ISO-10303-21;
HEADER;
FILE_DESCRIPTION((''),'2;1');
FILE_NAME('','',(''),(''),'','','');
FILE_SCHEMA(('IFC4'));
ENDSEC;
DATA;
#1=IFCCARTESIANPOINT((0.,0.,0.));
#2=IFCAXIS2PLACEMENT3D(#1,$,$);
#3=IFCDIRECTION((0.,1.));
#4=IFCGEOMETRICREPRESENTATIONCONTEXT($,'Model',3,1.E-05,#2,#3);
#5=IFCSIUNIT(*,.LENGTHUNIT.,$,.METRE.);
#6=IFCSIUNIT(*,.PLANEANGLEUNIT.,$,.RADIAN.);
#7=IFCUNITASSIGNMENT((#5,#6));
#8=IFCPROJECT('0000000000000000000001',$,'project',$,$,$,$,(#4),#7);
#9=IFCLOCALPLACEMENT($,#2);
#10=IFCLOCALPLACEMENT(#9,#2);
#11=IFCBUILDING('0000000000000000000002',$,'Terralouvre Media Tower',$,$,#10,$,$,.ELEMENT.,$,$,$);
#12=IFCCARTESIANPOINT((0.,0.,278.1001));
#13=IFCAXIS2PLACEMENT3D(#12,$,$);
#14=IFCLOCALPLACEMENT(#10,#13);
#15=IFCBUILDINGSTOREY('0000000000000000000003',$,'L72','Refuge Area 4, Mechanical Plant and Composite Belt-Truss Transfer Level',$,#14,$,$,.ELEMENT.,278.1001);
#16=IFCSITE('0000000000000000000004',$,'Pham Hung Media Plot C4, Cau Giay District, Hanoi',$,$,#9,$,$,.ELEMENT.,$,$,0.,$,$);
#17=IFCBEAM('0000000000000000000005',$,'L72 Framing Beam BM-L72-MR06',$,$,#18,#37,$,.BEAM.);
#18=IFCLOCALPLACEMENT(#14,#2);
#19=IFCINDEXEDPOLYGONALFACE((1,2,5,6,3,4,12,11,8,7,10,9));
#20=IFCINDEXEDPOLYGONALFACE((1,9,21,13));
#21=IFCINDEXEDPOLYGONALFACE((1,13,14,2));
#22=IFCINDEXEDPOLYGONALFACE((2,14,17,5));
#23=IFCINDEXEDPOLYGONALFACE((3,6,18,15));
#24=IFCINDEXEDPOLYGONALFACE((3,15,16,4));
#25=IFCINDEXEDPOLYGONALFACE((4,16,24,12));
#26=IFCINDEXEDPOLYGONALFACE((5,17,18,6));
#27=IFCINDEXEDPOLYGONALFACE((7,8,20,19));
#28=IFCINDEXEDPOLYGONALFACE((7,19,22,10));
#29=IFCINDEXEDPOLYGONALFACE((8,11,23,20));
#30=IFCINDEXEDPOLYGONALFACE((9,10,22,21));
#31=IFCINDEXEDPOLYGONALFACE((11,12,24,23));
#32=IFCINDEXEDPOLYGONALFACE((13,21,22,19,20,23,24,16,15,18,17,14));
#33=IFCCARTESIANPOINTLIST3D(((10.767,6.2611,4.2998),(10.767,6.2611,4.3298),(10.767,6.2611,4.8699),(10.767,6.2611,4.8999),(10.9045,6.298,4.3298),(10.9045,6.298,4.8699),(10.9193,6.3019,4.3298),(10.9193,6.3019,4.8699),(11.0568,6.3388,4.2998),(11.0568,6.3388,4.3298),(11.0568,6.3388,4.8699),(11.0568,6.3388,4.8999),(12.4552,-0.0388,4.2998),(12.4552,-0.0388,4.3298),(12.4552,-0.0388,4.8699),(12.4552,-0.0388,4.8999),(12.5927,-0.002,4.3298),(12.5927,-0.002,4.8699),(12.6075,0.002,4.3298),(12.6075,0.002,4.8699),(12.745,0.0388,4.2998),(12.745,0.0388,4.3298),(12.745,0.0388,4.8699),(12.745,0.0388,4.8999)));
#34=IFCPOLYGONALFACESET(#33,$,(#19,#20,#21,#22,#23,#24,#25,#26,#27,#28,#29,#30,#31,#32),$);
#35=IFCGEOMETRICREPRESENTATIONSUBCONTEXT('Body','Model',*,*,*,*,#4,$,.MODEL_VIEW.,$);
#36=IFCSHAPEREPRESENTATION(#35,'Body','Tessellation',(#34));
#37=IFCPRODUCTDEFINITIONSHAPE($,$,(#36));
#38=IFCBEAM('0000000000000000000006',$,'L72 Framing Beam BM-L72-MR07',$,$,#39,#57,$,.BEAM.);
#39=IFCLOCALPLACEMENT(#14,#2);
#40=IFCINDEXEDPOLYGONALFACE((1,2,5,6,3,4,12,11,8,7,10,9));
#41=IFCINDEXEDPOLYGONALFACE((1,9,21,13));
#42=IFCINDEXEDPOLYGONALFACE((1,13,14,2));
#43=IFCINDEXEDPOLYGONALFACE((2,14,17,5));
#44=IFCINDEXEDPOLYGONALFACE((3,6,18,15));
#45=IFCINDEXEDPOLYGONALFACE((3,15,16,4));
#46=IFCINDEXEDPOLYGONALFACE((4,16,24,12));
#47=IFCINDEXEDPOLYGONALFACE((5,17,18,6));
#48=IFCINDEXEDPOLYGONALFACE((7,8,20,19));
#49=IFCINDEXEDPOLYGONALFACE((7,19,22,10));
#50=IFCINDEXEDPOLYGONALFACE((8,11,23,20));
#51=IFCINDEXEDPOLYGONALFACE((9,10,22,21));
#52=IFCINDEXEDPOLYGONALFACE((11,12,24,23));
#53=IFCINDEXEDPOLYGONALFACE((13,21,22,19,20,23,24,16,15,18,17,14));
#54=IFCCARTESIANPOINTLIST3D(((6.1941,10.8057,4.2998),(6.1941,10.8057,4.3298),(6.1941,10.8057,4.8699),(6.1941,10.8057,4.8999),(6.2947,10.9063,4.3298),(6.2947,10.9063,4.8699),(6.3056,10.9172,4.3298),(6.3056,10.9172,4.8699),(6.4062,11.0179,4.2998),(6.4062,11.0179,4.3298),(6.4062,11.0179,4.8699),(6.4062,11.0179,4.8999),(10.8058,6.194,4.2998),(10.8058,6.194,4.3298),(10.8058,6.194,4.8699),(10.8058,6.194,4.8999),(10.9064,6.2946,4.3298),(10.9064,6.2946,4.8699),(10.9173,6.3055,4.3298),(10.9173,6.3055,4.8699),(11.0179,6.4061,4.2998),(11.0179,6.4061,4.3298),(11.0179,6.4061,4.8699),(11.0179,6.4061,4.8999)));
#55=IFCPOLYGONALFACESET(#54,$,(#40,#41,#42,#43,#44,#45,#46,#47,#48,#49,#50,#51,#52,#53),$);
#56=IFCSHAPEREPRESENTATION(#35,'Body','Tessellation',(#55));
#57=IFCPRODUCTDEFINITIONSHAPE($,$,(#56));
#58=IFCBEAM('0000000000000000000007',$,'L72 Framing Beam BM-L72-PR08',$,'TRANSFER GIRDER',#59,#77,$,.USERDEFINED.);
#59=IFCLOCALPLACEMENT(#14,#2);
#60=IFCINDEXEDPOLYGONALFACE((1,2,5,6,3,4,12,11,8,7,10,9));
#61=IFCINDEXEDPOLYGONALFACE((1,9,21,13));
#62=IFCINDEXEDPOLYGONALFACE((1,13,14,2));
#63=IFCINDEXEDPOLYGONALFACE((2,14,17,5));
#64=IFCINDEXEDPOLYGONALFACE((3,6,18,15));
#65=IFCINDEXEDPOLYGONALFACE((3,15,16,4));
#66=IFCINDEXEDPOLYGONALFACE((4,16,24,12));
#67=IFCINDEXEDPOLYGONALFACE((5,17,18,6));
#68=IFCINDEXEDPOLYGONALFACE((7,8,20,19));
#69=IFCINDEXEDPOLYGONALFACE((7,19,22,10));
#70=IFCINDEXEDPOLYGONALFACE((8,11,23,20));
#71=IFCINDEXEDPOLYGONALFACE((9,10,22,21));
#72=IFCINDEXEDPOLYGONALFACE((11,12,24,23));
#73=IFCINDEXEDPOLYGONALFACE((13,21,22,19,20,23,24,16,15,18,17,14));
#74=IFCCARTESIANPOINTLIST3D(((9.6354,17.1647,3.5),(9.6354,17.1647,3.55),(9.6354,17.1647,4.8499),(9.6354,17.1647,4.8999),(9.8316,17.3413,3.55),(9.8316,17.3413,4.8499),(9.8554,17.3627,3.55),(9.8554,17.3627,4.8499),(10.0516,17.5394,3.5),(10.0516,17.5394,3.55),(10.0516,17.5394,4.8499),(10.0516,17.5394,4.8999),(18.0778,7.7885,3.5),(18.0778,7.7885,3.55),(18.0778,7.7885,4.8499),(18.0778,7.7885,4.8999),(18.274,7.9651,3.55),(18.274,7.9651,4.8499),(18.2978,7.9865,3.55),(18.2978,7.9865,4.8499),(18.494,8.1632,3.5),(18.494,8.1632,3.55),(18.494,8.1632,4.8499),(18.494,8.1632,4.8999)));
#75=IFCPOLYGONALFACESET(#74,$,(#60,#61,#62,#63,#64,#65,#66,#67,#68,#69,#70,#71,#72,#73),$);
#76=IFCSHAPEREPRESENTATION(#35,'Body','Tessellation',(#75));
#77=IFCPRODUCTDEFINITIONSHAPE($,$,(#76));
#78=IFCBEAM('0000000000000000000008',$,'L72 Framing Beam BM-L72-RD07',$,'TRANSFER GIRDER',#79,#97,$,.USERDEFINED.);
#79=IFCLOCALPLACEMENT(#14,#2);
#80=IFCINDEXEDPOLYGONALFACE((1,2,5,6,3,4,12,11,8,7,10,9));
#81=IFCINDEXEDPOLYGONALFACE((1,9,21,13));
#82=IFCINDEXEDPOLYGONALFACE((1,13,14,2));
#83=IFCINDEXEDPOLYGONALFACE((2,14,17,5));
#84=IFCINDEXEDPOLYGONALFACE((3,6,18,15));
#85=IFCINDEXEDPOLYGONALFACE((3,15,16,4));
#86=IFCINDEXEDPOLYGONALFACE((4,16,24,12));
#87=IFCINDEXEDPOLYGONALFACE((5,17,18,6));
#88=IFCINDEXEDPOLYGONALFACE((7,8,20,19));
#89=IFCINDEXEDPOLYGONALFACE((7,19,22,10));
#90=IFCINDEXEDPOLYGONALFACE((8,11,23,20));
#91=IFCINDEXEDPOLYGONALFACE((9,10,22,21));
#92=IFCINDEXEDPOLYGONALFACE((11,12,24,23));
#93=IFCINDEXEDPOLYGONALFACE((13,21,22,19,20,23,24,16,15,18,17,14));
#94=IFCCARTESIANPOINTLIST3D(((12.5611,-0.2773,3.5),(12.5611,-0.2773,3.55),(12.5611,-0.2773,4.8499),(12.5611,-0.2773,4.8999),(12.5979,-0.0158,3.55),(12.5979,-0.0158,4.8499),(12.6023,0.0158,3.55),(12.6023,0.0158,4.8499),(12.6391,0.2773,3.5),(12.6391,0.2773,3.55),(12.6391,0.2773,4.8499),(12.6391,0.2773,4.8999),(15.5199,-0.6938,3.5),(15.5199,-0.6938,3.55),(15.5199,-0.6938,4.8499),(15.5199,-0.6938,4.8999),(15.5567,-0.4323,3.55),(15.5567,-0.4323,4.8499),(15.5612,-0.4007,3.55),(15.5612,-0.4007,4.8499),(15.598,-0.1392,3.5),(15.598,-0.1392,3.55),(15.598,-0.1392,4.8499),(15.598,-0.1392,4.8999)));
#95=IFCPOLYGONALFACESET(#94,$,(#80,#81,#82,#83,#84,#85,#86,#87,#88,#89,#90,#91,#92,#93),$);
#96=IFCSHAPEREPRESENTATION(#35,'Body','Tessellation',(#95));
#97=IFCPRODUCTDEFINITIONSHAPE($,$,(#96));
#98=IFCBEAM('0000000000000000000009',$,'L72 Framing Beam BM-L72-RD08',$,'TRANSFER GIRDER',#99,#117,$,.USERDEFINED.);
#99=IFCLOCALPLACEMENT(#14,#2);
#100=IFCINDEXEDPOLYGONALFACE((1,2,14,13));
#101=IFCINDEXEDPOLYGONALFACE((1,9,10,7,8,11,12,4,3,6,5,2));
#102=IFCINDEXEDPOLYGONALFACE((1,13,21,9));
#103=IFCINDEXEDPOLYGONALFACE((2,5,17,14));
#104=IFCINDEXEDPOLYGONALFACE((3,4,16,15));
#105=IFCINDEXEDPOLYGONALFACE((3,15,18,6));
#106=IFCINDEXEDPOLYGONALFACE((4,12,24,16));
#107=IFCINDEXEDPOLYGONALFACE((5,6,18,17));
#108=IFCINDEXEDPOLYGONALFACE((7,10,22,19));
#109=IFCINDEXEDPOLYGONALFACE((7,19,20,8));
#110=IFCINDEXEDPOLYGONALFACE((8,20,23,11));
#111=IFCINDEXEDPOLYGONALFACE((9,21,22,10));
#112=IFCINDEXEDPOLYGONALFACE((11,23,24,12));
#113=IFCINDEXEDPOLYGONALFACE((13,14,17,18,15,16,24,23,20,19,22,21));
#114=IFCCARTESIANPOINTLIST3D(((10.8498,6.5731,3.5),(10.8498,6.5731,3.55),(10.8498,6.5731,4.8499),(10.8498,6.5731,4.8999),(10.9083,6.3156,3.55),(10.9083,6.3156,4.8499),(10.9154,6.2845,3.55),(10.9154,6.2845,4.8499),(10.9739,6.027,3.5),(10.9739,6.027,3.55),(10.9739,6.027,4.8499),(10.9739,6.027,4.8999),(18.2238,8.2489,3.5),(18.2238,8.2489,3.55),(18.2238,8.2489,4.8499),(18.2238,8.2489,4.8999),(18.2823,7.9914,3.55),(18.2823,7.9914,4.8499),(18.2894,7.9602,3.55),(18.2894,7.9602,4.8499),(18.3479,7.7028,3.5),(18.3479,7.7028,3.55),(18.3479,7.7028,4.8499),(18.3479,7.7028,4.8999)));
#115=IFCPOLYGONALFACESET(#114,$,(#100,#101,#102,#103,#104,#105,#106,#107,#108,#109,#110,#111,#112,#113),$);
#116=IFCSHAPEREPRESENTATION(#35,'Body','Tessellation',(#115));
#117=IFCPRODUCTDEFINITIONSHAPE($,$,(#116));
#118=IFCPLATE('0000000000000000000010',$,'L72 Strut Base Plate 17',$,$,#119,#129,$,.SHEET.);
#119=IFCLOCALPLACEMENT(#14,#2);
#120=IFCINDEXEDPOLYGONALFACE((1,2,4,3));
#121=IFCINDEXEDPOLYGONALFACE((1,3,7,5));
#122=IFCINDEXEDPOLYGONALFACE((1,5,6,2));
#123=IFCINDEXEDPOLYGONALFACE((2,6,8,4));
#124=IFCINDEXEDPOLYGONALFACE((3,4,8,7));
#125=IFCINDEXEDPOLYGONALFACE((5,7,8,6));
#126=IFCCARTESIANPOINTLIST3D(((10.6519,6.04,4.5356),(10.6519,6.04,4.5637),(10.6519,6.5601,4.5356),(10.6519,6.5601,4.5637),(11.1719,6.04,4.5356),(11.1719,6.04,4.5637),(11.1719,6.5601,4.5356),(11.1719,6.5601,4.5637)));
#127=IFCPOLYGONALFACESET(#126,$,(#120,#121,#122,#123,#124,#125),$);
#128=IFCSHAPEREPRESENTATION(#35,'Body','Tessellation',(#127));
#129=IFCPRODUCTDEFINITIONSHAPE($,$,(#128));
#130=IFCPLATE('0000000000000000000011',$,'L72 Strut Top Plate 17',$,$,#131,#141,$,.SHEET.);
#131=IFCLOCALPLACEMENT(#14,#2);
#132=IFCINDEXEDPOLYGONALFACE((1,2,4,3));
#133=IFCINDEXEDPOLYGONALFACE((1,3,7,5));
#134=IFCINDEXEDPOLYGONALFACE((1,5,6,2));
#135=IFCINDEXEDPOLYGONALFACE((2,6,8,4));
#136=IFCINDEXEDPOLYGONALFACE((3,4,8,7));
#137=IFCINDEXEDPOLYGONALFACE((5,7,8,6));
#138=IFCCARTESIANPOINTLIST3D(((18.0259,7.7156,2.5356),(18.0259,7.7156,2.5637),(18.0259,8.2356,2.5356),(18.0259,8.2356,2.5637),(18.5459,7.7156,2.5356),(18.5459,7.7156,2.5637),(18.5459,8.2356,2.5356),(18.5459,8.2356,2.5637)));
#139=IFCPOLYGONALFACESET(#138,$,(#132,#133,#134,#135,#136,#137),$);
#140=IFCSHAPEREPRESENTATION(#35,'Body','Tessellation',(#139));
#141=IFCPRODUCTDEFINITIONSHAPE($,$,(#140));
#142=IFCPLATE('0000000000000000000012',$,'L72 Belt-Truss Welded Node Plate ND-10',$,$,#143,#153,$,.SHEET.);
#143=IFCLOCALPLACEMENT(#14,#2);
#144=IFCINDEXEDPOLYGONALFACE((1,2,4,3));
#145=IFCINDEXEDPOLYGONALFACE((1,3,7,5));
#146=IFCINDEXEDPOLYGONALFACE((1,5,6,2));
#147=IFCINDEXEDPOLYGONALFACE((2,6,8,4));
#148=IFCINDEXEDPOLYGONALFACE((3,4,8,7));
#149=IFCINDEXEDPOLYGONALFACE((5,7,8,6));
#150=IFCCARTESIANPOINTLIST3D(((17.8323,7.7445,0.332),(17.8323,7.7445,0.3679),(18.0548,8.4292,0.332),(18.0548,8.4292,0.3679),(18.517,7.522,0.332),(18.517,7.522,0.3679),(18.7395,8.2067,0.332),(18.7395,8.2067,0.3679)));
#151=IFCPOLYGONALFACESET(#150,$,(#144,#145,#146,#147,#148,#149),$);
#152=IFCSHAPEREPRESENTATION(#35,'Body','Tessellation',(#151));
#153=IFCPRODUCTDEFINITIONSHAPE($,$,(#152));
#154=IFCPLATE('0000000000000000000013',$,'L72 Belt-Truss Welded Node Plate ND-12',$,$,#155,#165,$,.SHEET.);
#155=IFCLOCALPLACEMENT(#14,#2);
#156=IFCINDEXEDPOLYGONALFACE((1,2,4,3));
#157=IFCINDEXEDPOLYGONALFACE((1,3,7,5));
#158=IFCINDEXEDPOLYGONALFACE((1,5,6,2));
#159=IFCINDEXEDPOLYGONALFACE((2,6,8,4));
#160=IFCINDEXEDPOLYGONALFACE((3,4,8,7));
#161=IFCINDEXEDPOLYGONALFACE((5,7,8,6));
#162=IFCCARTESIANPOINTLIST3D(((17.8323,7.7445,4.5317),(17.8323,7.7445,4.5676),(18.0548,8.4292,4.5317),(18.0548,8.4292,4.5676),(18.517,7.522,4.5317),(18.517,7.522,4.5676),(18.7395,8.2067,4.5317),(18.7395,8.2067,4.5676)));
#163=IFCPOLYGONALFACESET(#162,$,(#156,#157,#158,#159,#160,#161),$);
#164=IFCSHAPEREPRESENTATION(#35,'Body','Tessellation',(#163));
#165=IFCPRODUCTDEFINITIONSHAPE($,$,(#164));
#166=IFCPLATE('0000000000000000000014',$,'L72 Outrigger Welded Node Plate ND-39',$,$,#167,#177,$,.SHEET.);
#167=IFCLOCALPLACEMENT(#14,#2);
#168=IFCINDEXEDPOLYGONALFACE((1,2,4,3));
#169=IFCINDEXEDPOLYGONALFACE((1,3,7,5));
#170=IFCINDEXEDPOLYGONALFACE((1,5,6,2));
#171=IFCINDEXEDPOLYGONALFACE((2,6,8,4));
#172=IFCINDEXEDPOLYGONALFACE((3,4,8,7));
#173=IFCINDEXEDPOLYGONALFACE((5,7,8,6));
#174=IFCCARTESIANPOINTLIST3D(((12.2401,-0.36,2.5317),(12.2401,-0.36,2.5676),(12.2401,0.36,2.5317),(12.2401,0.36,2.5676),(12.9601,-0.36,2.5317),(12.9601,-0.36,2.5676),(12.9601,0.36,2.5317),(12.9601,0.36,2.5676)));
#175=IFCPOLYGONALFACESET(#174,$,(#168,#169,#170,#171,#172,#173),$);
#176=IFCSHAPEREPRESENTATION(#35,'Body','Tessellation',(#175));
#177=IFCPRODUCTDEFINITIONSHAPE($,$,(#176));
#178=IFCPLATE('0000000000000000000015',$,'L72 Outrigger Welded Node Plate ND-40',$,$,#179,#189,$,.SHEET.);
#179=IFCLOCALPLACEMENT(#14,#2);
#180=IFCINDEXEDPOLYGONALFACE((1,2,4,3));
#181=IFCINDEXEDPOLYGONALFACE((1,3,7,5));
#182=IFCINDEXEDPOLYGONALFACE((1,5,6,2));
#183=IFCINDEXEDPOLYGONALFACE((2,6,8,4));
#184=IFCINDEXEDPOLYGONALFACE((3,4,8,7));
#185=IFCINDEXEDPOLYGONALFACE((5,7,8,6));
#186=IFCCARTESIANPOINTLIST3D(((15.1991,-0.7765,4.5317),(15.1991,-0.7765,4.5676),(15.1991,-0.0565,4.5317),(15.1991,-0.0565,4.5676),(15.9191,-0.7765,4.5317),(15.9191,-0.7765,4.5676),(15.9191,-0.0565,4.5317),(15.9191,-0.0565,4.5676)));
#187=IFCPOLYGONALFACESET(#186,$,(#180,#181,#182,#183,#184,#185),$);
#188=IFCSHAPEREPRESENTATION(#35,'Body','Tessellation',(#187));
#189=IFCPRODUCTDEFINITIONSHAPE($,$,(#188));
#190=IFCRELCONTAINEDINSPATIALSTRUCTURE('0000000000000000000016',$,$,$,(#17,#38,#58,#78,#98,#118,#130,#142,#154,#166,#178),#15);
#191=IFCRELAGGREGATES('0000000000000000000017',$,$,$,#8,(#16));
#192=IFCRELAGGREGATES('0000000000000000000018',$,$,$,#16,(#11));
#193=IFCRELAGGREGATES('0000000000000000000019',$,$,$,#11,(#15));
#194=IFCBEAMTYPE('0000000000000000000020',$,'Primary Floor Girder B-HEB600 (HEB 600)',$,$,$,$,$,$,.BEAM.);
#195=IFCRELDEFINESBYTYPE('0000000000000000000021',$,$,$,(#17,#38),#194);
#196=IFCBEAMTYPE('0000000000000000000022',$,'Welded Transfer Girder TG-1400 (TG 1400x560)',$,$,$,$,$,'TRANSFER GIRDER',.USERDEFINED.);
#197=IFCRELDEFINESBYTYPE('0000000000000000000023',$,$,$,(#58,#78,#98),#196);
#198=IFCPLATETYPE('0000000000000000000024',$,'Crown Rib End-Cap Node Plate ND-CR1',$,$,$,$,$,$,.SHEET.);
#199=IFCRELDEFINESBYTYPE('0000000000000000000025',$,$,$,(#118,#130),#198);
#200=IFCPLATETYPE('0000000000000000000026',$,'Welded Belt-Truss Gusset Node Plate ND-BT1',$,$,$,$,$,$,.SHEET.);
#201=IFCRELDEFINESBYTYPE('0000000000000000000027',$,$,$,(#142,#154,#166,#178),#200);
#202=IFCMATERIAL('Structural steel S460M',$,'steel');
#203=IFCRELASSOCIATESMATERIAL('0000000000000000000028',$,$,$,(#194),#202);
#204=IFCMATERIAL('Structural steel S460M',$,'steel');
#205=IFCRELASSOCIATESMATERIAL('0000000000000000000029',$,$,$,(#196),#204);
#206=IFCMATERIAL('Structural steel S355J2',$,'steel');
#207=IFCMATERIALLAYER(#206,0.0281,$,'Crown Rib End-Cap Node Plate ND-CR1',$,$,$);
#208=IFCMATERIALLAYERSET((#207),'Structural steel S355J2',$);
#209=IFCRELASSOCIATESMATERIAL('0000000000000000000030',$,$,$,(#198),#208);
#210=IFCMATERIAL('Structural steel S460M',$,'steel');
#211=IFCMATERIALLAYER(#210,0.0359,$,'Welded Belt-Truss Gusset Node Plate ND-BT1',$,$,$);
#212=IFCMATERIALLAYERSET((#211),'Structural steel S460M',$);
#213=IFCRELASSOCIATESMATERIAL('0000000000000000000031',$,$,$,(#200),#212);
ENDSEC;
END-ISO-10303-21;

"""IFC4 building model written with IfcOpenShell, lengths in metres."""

from ifc_helpers import new_model, si_unit, direction, frame, origin, origin_2d, place, context, subcontext, project, spatial, rectangle, i_section, extrude, material, layer, layer_set, material_profile, profile_set, type_object, element, save


model = new_model("IFC4")

# Units and contexts
model_context = context("Model", 3, precision=1e-05, world=origin(), true_north=direction((0.0, 1.0)))
body_context = subcontext(model_context, "Body", "Model", "MODEL_VIEW")
ifc_project = project(units=[si_unit("LENGTHUNIT", "METRE"), si_unit("PLANEANGLEUNIT", "RADIAN")], contexts=[model_context])

# Site, building, storey
site_placement = place(None, origin())
site = spatial("IfcSite", under=ifc_project, at=site_placement, Name="Pham Hung Media Plot C4, Cau Giay District, Hanoi", CompositionType="ELEMENT", RefElevation=0.0)
building_placement = place(site_placement, origin())
building = spatial("IfcBuilding", under=site, at=building_placement, Name="Terralouvre Media Tower", CompositionType="ELEMENT")
storey_placement = place(building_placement, frame((0.0, 0.0, 278.1001)))
storey = spatial("IfcBuildingStorey", under=building, at=storey_placement, Name="L72", Description="Refuge Area 4, Mechanical Plant and Composite Belt-Truss Transfer Level", CompositionType="ELEMENT", Elevation=278.1001)

# Beams
ifc_material_1 = material(Name="Structural steel S460M", Category="steel")
ifc_material_profile_1 = material_profile(ifc_material_1, i_section(OverallWidth=0.3, OverallDepth=0.6001, WebThickness=0.0154, FlangeThickness=0.03, at=origin_2d()), Name="HEB 600")
ifc_profile_set_1 = profile_set([ifc_material_profile_1], Name="Structural steel S460M")
beam_type_1 = type_object("IfcBeamType", Name="Primary Floor Girder B-HEB600 (HEB 600)", PredefinedType="BEAM", material=ifc_profile_set_1)
beam_1_placement = place(storey_placement, frame((12.6001, 0.0, 4.5999), z_axis=(-0.258839, 0.96592, 0.0), x_axis=(-0.96592, -0.258839, 0.0)))
element("IfcBeam", 1, at=beam_1_placement, inside=storey, type_object=beam_type_1, Name="L72 Framing Beam BM-L72-MR06", PredefinedType="BEAM", context=body_context, shape_type="SweptSolid", body=[
    extrude(i_section(OverallWidth=0.3, OverallDepth=0.6001, WebThickness=0.0154, FlangeThickness=0.03, at=origin_2d()), origin(), (0.0, 0.0, 1.0), 6.5222),
])
beam_2_placement = place(storey_placement, frame((10.9119, 6.3, 4.5999), z_axis=(-0.707107, 0.707107, 0.0), x_axis=(-0.707107, -0.707107, 0.0)))
element("IfcBeam", 2, at=beam_2_placement, inside=storey, type_object=beam_type_1, Name="L72 Framing Beam BM-L72-MR07", PredefinedType="BEAM", context=body_context, shape_type="SweptSolid", body=[
    extrude(i_section(OverallWidth=0.3, OverallDepth=0.6001, WebThickness=0.0154, FlangeThickness=0.03, at=origin_2d()), origin(), (0.0, 0.0, 1.0), 6.522),
])
ifc_material_2 = material(Name="Structural steel S460M", Category="steel")
ifc_material_profile_2 = material_profile(ifc_material_2, i_section(OverallWidth=0.5601, OverallDepth=1.3999, WebThickness=0.032, FlangeThickness=0.05, at=origin_2d()), Name="TG 1400x560")
ifc_profile_set_2 = profile_set([ifc_material_profile_2], Name="Structural steel S460M")
beam_type_2 = type_object("IfcBeamType", Name="Welded Transfer Girder TG-1400 (TG 1400x560)", ElementType="TRANSFER GIRDER", PredefinedType="USERDEFINED", material=ifc_profile_set_2)
beam_3_placement = place(storey_placement, frame((18.2859, 7.9758, 4.2), z_axis=(-0.66913, 0.743145, 0.0), x_axis=(-0.743145, -0.66913, 0.0)))
element("IfcBeam", 3, at=beam_3_placement, inside=storey, type_object=beam_type_2, Name="L72 Framing Beam BM-L72-PR08", ObjectType="TRANSFER GIRDER", PredefinedType="USERDEFINED", context=body_context, shape_type="SweptSolid", body=[
    extrude(i_section(OverallWidth=0.5601, OverallDepth=1.3999, WebThickness=0.032, FlangeThickness=0.05, at=origin_2d()), origin(), (0.0, 0.0, 1.0), 12.6169),
])
beam_4_placement = place(storey_placement, frame((12.6001, 0.0, 4.2), z_axis=(0.990238, -0.139385, 0.0), x_axis=(0.139385, 0.990238, 0.0)))
element("IfcBeam", 4, at=beam_4_placement, inside=storey, type_object=beam_type_2, Name="L72 Framing Beam BM-L72-RD07", ObjectType="TRANSFER GIRDER", PredefinedType="USERDEFINED", context=body_context, shape_type="SweptSolid", body=[
    extrude(i_section(OverallWidth=0.5601, OverallDepth=1.3999, WebThickness=0.032, FlangeThickness=0.05, at=origin_2d()), origin(), (0.0, 0.0, 1.0), 2.988),
])
beam_5_placement = place(storey_placement, frame((10.9119, 6.3, 4.2), z_axis=(0.975137, 0.221604, 0.0), x_axis=(-0.221604, 0.975137, 0.0)))
element("IfcBeam", 5, at=beam_5_placement, inside=storey, type_object=beam_type_2, Name="L72 Framing Beam BM-L72-RD08", ObjectType="TRANSFER GIRDER", PredefinedType="USERDEFINED", context=body_context, shape_type="SweptSolid", body=[
    extrude(i_section(OverallWidth=0.5601, OverallDepth=1.3999, WebThickness=0.032, FlangeThickness=0.05, at=origin_2d()), origin(), (0.0, 0.0, 1.0), 7.562),
])

# Plates
ifc_material_3 = material(Name="Structural steel S355J2", Category="steel")
ifc_layer_1 = layer(ifc_material_3, 0.0281, Name="Crown Rib End-Cap Node Plate ND-CR1")
ifc_layer_set_1 = layer_set([ifc_layer_1], Name="Structural steel S355J2")
plate_type_1 = type_object("IfcPlateType", Name="Crown Rib End-Cap Node Plate ND-CR1", PredefinedType="SHEET", material=ifc_layer_set_1)
for number, where, z_axis, x_axis, name in (
    (6, (10.9119, 6.3, 4.5356), (0.0, 0.0, 1.0), (1.0, 0.0, 0.0), "L72 Strut Base Plate 17"),
    (7, (18.2859, 7.9756, 2.5356), (0.0, 0.0, 1.0), (1.0, 0.0, 0.0), "L72 Strut Top Plate 17"),
):
    element("IfcPlate", number, at=place(storey_placement, frame(where, z_axis=z_axis, x_axis=x_axis)), inside=storey, type_object=plate_type_1, Name=name, PredefinedType="SHEET", context=body_context, shape_type="SweptSolid", body=[
        extrude(rectangle(XDim=0.52, YDim=0.52, at=origin_2d()), origin(), (0.0, 0.0, 1.0), 0.0281),
    ])
ifc_material_4 = material(Name="Structural steel S460M", Category="steel")
ifc_layer_2 = layer(ifc_material_4, 0.0359, Name="Welded Belt-Truss Gusset Node Plate ND-BT1")
ifc_layer_set_2 = layer_set([ifc_layer_2], Name="Structural steel S460M")
plate_type_2 = type_object("IfcPlateType", Name="Welded Belt-Truss Gusset Node Plate ND-BT1", PredefinedType="SHEET", material=ifc_layer_set_2)
for number, where, z_axis, x_axis, name in (
    (8, (18.2859, 7.9756, 0.332), (0.0, 0.0, 1.0), (0.309017, 0.951057, 0.0), "L72 Belt-Truss Welded Node Plate ND-10"),
    (9, (18.2859, 7.9756, 4.5317), (0.0, 0.0, 1.0), (0.309017, 0.951057, 0.0), "L72 Belt-Truss Welded Node Plate ND-12"),
    (10, (12.6001, 0.0, 2.5317), (0.0, 0.0, 1.0), (1.0, 0.0, 0.0), "L72 Outrigger Welded Node Plate ND-39"),
    (11, (15.5591, -0.4165, 4.5317), (0.0, 0.0, 1.0), (1.0, 0.0, 0.0), "L72 Outrigger Welded Node Plate ND-40"),
):
    element("IfcPlate", number, at=place(storey_placement, frame(where, z_axis=z_axis, x_axis=x_axis)), inside=storey, type_object=plate_type_2, Name=name, PredefinedType="SHEET", context=body_context, shape_type="SweptSolid", body=[
        extrude(rectangle(XDim=0.72, YDim=0.72, at=origin_2d()), origin(), (0.0, 0.0, 1.0), 0.0359),
    ])

save(model, "model.ifc")
